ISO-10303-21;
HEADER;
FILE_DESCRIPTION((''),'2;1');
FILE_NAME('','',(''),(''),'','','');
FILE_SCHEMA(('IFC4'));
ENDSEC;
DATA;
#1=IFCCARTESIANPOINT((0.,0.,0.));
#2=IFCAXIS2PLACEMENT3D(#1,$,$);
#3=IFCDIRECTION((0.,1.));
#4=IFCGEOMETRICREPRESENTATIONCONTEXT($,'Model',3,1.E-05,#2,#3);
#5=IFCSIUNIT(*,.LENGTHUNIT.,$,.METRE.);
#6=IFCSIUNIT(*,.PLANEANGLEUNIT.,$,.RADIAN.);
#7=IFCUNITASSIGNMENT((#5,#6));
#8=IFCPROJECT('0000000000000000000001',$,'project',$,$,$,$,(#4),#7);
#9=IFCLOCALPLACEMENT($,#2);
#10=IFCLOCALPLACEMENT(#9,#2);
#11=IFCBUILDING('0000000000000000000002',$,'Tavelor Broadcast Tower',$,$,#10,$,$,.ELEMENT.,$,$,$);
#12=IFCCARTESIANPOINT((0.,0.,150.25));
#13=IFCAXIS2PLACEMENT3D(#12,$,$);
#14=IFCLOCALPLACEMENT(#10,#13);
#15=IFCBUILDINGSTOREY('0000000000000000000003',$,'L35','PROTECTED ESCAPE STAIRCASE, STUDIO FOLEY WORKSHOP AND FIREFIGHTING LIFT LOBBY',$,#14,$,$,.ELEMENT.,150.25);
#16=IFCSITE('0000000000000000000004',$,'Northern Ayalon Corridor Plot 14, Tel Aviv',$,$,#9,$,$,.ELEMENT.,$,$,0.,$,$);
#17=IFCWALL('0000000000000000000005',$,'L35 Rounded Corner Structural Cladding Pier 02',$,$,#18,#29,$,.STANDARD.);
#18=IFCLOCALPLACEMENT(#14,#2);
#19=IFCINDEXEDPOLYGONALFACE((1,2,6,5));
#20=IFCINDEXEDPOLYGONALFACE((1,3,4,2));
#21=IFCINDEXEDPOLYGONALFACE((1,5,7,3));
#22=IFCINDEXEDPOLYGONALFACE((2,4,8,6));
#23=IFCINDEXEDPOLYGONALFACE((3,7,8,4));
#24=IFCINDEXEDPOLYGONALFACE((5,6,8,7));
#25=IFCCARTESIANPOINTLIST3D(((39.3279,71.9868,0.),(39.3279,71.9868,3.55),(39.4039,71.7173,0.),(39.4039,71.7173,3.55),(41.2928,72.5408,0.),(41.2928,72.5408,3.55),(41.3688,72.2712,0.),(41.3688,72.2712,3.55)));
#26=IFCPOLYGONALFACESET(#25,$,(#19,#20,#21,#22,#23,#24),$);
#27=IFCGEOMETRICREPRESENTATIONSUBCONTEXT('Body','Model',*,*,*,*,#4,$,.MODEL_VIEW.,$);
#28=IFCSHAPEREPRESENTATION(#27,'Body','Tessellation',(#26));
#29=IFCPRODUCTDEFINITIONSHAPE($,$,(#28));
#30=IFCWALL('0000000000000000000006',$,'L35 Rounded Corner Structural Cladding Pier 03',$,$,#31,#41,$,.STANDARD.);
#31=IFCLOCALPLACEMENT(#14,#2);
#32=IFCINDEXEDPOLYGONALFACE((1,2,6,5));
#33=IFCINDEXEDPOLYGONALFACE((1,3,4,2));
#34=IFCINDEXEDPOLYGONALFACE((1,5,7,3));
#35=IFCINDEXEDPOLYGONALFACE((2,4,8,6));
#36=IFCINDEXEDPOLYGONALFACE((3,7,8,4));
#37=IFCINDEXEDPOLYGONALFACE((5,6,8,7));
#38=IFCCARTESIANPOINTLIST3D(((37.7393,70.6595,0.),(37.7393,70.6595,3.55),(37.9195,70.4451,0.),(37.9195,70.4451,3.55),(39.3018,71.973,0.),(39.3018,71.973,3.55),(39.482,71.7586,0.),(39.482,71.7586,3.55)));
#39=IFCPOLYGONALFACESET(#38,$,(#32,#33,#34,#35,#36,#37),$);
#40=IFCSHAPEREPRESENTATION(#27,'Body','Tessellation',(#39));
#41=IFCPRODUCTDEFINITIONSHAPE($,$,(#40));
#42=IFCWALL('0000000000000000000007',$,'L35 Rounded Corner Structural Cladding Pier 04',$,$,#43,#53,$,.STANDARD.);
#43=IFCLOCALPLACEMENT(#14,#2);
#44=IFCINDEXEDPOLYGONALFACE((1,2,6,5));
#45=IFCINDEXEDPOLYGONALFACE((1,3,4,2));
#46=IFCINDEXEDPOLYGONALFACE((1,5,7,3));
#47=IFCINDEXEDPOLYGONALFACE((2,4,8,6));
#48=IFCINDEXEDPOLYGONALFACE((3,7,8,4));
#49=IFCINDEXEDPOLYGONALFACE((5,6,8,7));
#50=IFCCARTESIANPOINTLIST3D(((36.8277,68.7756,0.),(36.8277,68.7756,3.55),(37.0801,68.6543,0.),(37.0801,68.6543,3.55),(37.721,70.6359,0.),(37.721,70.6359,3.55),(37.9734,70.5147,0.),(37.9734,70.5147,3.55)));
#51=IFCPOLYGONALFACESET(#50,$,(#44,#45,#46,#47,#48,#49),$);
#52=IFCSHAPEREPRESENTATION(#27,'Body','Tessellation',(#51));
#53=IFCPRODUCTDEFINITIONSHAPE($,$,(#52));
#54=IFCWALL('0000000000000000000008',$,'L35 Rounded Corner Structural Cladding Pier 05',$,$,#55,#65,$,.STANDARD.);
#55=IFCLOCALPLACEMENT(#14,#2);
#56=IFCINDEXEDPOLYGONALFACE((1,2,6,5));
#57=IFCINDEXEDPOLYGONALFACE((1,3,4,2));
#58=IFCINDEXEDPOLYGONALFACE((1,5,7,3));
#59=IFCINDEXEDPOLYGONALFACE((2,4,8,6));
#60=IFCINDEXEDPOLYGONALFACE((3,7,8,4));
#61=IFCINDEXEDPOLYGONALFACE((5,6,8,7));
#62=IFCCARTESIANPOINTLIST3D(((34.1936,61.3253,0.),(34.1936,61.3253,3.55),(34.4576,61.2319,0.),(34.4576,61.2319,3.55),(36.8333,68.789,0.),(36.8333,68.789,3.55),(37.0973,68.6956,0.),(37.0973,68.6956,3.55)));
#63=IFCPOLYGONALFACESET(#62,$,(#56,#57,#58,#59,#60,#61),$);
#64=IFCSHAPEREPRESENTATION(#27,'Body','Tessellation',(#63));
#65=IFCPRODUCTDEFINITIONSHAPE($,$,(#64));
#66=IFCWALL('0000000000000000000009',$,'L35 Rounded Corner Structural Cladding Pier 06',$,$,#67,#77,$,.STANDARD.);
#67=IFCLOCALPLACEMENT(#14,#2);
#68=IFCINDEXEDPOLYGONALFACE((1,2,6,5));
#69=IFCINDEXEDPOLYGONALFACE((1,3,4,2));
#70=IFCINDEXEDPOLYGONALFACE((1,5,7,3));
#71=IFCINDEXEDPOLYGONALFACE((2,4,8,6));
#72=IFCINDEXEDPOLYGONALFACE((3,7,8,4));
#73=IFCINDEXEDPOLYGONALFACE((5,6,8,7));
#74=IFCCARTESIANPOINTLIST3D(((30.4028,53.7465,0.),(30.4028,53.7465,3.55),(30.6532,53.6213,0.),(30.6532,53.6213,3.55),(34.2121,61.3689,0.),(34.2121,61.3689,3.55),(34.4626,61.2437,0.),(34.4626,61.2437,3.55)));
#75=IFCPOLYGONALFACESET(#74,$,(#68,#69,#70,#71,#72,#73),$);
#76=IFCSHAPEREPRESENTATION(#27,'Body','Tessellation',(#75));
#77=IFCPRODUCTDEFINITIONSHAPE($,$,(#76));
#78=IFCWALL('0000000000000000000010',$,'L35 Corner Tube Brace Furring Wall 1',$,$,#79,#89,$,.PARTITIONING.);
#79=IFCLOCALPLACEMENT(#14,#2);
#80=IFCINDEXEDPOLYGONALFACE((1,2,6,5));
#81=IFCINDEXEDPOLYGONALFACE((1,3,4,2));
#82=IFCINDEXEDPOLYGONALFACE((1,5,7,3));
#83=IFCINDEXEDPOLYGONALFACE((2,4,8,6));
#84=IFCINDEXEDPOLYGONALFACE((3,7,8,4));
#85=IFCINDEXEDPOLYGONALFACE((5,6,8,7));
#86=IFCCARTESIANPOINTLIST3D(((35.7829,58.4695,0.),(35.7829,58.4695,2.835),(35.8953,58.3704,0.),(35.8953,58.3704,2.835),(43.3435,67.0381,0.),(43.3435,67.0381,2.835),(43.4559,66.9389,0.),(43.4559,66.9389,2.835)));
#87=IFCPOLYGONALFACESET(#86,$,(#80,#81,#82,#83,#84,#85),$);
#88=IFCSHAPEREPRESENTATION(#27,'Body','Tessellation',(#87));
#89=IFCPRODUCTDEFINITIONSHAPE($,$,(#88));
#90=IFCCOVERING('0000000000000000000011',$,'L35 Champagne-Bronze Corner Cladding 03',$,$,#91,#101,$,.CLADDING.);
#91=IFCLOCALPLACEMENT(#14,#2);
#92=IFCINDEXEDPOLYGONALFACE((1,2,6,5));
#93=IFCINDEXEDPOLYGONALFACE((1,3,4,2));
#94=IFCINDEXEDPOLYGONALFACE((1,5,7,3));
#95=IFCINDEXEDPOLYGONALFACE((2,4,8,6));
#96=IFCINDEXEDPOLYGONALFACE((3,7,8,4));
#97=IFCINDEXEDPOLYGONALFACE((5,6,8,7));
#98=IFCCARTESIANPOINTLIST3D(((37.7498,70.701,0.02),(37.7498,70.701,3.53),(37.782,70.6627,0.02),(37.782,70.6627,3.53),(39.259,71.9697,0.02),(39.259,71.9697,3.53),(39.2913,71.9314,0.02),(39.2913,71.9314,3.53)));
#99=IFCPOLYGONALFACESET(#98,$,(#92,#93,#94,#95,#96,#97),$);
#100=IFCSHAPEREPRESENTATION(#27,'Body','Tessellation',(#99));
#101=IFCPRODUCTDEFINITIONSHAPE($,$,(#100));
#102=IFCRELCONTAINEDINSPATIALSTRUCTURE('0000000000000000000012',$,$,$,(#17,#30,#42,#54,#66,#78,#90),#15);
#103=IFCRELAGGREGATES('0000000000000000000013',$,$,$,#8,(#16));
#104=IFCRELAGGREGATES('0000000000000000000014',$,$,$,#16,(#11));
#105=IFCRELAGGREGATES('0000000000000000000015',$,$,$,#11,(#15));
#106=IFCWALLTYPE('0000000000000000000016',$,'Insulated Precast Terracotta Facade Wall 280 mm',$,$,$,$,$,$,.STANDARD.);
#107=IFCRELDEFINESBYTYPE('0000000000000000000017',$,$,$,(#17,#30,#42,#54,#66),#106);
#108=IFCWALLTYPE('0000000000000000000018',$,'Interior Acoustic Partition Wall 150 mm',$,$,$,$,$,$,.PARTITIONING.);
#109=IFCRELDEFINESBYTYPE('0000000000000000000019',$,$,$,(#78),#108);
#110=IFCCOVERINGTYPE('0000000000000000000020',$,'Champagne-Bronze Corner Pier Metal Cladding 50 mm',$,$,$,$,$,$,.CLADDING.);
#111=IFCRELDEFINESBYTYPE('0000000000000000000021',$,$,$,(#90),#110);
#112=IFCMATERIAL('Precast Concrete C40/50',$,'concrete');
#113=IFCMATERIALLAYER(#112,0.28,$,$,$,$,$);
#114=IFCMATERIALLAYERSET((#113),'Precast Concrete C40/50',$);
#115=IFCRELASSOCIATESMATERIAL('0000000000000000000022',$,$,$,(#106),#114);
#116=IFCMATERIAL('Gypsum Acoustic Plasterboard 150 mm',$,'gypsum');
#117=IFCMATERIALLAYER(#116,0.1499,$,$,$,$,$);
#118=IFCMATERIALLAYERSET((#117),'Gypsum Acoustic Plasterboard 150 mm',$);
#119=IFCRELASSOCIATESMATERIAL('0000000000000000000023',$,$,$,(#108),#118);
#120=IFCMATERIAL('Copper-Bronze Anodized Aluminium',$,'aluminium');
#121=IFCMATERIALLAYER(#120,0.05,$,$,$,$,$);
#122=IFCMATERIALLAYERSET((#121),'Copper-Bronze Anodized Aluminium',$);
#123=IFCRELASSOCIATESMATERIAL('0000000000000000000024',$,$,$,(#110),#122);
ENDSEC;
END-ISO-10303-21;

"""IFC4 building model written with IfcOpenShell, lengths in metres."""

from ifc_helpers import new_model, si_unit, direction, frame, frame_2d, origin, origin_2d, place, context, subcontext, project, spatial, rectangle, extrude, material, layer, layer_set, type_object, element, save


model = new_model("IFC4")

# Units and contexts
model_context = context("Model", 3, precision=1e-05, world=origin(), true_north=direction((0.0, 1.0)))
body_context = subcontext(model_context, "Body", "Model", "MODEL_VIEW")
ifc_project = project(units=[si_unit("LENGTHUNIT", "METRE"), si_unit("PLANEANGLEUNIT", "RADIAN")], contexts=[model_context])

# Site, building, storey
site_placement = place(None, origin())
site = spatial("IfcSite", under=ifc_project, at=site_placement, Name="Northern Ayalon Corridor Plot 14, Tel Aviv", CompositionType="ELEMENT", RefElevation=0.0)
building_placement = place(site_placement, origin())
building = spatial("IfcBuilding", under=site, at=building_placement, Name="Tavelor Broadcast Tower", CompositionType="ELEMENT")
storey_placement = place(building_placement, frame((0.0, 0.0, 150.25)))
storey = spatial("IfcBuildingStorey", under=building, at=storey_placement, Name="L35", Description="PROTECTED ESCAPE STAIRCASE, STUDIO FOLEY WORKSHOP AND FIREFIGHTING LIFT LOBBY", CompositionType="ELEMENT", Elevation=150.25)

# Walls
ifc_material_1 = material(Name="Precast Concrete C40/50", Category="concrete")
ifc_layer_1 = layer(ifc_material_1, 0.28)
ifc_layer_set_1 = layer_set([ifc_layer_1], Name="Precast Concrete C40/50")
wall_type_1 = type_object("IfcWallType", Name="Insulated Precast Terracotta Facade Wall 280 mm", PredefinedType="STANDARD", material=ifc_layer_set_1)
wall_1_placement = place(storey_placement, frame((41.3308, 72.406, 0.0), z_axis=(0.0, 0.0, 1.0), x_axis=(-0.962479, -0.271355, 0.0)))
element("IfcWall", 1, at=wall_1_placement, inside=storey, type_object=wall_type_1, Name="L35 Rounded Corner Structural Cladding Pier 02", PredefinedType="STANDARD", context=body_context, shape_type="SweptSolid", body=[
    extrude(rectangle(XDim=2.0415, YDim=0.28, at=frame_2d((1.0208, 0.0))), origin(), (0.0, 0.0, 1.0), 3.55),
])
wall_2_placement = place(storey_placement, frame((39.3918, 71.8657, 0.0), z_axis=(0.0, 0.0, 1.0), x_axis=(-0.765469, -0.643473, 0.0)))
element("IfcWall", 2, at=wall_2_placement, inside=storey, type_object=wall_type_1, Name="L35 Rounded Corner Structural Cladding Pier 03", PredefinedType="STANDARD", context=body_context, shape_type="SweptSolid", body=[
    extrude(rectangle(XDim=2.0413, YDim=0.28, at=frame_2d((1.0205, 0.0))), origin(), (0.0, 0.0, 1.0), 3.55),
])
wall_3_placement = place(storey_placement, frame((37.8472, 70.5752, 0.0), z_axis=(0.0, 0.0, 1.0), x_axis=(-0.432866, -0.901458, 0.0)))
element("IfcWall", 3, at=wall_3_placement, inside=storey, type_object=wall_type_1, Name="L35 Rounded Corner Structural Cladding Pier 04", PredefinedType="STANDARD", context=body_context, shape_type="SweptSolid", body=[
    extrude(rectangle(XDim=2.0637, YDim=0.28, at=frame_2d((1.0317, 0.0))), origin(), (0.0, 0.0, 1.0), 3.55),
])
wall_4_placement = place(storey_placement, frame((36.9653, 68.7424, 0.0), z_axis=(0.0, 0.0, 1.0), x_axis=(-0.33343, -0.942775, 0.0)))
element("IfcWall", 4, at=wall_4_placement, inside=storey, type_object=wall_type_1, Name="L35 Rounded Corner Structural Cladding Pier 05", PredefinedType="STANDARD", context=body_context, shape_type="SweptSolid", body=[
    extrude(rectangle(XDim=7.9167, YDim=0.28, at=frame_2d((3.9585, 0.0))), origin(), (0.0, 0.0, 1.0), 3.55),
])
wall_5_placement = place(storey_placement, frame((34.3374, 61.3064, 0.0), z_axis=(0.0, 0.0, 1.0), x_axis=(-0.447042, -0.894513, 0.0)))
element("IfcWall", 5, at=wall_5_placement, inside=storey, type_object=wall_type_1, Name="L35 Rounded Corner Structural Cladding Pier 06", PredefinedType="STANDARD", context=body_context, shape_type="SweptSolid", body=[
    extrude(rectangle(XDim=8.5212, YDim=0.28, at=frame_2d((4.2607, 0.0))), origin(), (0.0, 0.0, 1.0), 3.55),
])
ifc_material_2 = material(Name="Gypsum Acoustic Plasterboard 150 mm", Category="gypsum")
ifc_layer_2 = layer(ifc_material_2, 0.1499)
ifc_layer_set_2 = layer_set([ifc_layer_2], Name="Gypsum Acoustic Plasterboard 150 mm")
wall_type_2 = type_object("IfcWallType", Name="Interior Acoustic Partition Wall 150 mm", PredefinedType="PARTITIONING", material=ifc_layer_set_2)
wall_6_placement = place(storey_placement, frame((43.3997, 66.9885, 0.0), z_axis=(0.0, 0.0, 1.0), x_axis=(-0.661622, -0.749837, 0.0)))
element("IfcWall", 6, at=wall_6_placement, inside=storey, type_object=wall_type_2, Name="L35 Corner Tube Brace Furring Wall 1", PredefinedType="PARTITIONING", context=body_context, shape_type="SweptSolid", body=[
    extrude(rectangle(XDim=11.4272, YDim=0.1499, at=frame_2d((5.7136, 0.0))), origin(), (0.0, 0.0, 1.0), 2.835),
])

# Covering
ifc_material_3 = material(Name="Copper-Bronze Anodized Aluminium", Category="aluminium")
ifc_layer_3 = layer(ifc_material_3, 0.05)
ifc_layer_set_3 = layer_set([ifc_layer_3], Name="Copper-Bronze Anodized Aluminium")
covering_type = type_object("IfcCoveringType", Name="Champagne-Bronze Corner Pier Metal Cladding 50 mm", PredefinedType="CLADDING", material=ifc_layer_set_3)
covering_placement = place(storey_placement, frame((38.5205, 71.3162, 0.02), z_axis=(0.0, 0.0, 1.0), x_axis=(-0.765483, -0.643456, 0.0)))
element("IfcCovering", 7, at=covering_placement, inside=storey, type_object=covering_type, Name="L35 Champagne-Bronze Corner Cladding 03", PredefinedType="CLADDING", context=body_context, shape_type="SweptSolid", body=[
    extrude(rectangle(XDim=1.9717, YDim=0.05, at=origin_2d()), origin(), (0.0, 0.0, 1.0), 3.51),
])

save(model, "model.ifc")
